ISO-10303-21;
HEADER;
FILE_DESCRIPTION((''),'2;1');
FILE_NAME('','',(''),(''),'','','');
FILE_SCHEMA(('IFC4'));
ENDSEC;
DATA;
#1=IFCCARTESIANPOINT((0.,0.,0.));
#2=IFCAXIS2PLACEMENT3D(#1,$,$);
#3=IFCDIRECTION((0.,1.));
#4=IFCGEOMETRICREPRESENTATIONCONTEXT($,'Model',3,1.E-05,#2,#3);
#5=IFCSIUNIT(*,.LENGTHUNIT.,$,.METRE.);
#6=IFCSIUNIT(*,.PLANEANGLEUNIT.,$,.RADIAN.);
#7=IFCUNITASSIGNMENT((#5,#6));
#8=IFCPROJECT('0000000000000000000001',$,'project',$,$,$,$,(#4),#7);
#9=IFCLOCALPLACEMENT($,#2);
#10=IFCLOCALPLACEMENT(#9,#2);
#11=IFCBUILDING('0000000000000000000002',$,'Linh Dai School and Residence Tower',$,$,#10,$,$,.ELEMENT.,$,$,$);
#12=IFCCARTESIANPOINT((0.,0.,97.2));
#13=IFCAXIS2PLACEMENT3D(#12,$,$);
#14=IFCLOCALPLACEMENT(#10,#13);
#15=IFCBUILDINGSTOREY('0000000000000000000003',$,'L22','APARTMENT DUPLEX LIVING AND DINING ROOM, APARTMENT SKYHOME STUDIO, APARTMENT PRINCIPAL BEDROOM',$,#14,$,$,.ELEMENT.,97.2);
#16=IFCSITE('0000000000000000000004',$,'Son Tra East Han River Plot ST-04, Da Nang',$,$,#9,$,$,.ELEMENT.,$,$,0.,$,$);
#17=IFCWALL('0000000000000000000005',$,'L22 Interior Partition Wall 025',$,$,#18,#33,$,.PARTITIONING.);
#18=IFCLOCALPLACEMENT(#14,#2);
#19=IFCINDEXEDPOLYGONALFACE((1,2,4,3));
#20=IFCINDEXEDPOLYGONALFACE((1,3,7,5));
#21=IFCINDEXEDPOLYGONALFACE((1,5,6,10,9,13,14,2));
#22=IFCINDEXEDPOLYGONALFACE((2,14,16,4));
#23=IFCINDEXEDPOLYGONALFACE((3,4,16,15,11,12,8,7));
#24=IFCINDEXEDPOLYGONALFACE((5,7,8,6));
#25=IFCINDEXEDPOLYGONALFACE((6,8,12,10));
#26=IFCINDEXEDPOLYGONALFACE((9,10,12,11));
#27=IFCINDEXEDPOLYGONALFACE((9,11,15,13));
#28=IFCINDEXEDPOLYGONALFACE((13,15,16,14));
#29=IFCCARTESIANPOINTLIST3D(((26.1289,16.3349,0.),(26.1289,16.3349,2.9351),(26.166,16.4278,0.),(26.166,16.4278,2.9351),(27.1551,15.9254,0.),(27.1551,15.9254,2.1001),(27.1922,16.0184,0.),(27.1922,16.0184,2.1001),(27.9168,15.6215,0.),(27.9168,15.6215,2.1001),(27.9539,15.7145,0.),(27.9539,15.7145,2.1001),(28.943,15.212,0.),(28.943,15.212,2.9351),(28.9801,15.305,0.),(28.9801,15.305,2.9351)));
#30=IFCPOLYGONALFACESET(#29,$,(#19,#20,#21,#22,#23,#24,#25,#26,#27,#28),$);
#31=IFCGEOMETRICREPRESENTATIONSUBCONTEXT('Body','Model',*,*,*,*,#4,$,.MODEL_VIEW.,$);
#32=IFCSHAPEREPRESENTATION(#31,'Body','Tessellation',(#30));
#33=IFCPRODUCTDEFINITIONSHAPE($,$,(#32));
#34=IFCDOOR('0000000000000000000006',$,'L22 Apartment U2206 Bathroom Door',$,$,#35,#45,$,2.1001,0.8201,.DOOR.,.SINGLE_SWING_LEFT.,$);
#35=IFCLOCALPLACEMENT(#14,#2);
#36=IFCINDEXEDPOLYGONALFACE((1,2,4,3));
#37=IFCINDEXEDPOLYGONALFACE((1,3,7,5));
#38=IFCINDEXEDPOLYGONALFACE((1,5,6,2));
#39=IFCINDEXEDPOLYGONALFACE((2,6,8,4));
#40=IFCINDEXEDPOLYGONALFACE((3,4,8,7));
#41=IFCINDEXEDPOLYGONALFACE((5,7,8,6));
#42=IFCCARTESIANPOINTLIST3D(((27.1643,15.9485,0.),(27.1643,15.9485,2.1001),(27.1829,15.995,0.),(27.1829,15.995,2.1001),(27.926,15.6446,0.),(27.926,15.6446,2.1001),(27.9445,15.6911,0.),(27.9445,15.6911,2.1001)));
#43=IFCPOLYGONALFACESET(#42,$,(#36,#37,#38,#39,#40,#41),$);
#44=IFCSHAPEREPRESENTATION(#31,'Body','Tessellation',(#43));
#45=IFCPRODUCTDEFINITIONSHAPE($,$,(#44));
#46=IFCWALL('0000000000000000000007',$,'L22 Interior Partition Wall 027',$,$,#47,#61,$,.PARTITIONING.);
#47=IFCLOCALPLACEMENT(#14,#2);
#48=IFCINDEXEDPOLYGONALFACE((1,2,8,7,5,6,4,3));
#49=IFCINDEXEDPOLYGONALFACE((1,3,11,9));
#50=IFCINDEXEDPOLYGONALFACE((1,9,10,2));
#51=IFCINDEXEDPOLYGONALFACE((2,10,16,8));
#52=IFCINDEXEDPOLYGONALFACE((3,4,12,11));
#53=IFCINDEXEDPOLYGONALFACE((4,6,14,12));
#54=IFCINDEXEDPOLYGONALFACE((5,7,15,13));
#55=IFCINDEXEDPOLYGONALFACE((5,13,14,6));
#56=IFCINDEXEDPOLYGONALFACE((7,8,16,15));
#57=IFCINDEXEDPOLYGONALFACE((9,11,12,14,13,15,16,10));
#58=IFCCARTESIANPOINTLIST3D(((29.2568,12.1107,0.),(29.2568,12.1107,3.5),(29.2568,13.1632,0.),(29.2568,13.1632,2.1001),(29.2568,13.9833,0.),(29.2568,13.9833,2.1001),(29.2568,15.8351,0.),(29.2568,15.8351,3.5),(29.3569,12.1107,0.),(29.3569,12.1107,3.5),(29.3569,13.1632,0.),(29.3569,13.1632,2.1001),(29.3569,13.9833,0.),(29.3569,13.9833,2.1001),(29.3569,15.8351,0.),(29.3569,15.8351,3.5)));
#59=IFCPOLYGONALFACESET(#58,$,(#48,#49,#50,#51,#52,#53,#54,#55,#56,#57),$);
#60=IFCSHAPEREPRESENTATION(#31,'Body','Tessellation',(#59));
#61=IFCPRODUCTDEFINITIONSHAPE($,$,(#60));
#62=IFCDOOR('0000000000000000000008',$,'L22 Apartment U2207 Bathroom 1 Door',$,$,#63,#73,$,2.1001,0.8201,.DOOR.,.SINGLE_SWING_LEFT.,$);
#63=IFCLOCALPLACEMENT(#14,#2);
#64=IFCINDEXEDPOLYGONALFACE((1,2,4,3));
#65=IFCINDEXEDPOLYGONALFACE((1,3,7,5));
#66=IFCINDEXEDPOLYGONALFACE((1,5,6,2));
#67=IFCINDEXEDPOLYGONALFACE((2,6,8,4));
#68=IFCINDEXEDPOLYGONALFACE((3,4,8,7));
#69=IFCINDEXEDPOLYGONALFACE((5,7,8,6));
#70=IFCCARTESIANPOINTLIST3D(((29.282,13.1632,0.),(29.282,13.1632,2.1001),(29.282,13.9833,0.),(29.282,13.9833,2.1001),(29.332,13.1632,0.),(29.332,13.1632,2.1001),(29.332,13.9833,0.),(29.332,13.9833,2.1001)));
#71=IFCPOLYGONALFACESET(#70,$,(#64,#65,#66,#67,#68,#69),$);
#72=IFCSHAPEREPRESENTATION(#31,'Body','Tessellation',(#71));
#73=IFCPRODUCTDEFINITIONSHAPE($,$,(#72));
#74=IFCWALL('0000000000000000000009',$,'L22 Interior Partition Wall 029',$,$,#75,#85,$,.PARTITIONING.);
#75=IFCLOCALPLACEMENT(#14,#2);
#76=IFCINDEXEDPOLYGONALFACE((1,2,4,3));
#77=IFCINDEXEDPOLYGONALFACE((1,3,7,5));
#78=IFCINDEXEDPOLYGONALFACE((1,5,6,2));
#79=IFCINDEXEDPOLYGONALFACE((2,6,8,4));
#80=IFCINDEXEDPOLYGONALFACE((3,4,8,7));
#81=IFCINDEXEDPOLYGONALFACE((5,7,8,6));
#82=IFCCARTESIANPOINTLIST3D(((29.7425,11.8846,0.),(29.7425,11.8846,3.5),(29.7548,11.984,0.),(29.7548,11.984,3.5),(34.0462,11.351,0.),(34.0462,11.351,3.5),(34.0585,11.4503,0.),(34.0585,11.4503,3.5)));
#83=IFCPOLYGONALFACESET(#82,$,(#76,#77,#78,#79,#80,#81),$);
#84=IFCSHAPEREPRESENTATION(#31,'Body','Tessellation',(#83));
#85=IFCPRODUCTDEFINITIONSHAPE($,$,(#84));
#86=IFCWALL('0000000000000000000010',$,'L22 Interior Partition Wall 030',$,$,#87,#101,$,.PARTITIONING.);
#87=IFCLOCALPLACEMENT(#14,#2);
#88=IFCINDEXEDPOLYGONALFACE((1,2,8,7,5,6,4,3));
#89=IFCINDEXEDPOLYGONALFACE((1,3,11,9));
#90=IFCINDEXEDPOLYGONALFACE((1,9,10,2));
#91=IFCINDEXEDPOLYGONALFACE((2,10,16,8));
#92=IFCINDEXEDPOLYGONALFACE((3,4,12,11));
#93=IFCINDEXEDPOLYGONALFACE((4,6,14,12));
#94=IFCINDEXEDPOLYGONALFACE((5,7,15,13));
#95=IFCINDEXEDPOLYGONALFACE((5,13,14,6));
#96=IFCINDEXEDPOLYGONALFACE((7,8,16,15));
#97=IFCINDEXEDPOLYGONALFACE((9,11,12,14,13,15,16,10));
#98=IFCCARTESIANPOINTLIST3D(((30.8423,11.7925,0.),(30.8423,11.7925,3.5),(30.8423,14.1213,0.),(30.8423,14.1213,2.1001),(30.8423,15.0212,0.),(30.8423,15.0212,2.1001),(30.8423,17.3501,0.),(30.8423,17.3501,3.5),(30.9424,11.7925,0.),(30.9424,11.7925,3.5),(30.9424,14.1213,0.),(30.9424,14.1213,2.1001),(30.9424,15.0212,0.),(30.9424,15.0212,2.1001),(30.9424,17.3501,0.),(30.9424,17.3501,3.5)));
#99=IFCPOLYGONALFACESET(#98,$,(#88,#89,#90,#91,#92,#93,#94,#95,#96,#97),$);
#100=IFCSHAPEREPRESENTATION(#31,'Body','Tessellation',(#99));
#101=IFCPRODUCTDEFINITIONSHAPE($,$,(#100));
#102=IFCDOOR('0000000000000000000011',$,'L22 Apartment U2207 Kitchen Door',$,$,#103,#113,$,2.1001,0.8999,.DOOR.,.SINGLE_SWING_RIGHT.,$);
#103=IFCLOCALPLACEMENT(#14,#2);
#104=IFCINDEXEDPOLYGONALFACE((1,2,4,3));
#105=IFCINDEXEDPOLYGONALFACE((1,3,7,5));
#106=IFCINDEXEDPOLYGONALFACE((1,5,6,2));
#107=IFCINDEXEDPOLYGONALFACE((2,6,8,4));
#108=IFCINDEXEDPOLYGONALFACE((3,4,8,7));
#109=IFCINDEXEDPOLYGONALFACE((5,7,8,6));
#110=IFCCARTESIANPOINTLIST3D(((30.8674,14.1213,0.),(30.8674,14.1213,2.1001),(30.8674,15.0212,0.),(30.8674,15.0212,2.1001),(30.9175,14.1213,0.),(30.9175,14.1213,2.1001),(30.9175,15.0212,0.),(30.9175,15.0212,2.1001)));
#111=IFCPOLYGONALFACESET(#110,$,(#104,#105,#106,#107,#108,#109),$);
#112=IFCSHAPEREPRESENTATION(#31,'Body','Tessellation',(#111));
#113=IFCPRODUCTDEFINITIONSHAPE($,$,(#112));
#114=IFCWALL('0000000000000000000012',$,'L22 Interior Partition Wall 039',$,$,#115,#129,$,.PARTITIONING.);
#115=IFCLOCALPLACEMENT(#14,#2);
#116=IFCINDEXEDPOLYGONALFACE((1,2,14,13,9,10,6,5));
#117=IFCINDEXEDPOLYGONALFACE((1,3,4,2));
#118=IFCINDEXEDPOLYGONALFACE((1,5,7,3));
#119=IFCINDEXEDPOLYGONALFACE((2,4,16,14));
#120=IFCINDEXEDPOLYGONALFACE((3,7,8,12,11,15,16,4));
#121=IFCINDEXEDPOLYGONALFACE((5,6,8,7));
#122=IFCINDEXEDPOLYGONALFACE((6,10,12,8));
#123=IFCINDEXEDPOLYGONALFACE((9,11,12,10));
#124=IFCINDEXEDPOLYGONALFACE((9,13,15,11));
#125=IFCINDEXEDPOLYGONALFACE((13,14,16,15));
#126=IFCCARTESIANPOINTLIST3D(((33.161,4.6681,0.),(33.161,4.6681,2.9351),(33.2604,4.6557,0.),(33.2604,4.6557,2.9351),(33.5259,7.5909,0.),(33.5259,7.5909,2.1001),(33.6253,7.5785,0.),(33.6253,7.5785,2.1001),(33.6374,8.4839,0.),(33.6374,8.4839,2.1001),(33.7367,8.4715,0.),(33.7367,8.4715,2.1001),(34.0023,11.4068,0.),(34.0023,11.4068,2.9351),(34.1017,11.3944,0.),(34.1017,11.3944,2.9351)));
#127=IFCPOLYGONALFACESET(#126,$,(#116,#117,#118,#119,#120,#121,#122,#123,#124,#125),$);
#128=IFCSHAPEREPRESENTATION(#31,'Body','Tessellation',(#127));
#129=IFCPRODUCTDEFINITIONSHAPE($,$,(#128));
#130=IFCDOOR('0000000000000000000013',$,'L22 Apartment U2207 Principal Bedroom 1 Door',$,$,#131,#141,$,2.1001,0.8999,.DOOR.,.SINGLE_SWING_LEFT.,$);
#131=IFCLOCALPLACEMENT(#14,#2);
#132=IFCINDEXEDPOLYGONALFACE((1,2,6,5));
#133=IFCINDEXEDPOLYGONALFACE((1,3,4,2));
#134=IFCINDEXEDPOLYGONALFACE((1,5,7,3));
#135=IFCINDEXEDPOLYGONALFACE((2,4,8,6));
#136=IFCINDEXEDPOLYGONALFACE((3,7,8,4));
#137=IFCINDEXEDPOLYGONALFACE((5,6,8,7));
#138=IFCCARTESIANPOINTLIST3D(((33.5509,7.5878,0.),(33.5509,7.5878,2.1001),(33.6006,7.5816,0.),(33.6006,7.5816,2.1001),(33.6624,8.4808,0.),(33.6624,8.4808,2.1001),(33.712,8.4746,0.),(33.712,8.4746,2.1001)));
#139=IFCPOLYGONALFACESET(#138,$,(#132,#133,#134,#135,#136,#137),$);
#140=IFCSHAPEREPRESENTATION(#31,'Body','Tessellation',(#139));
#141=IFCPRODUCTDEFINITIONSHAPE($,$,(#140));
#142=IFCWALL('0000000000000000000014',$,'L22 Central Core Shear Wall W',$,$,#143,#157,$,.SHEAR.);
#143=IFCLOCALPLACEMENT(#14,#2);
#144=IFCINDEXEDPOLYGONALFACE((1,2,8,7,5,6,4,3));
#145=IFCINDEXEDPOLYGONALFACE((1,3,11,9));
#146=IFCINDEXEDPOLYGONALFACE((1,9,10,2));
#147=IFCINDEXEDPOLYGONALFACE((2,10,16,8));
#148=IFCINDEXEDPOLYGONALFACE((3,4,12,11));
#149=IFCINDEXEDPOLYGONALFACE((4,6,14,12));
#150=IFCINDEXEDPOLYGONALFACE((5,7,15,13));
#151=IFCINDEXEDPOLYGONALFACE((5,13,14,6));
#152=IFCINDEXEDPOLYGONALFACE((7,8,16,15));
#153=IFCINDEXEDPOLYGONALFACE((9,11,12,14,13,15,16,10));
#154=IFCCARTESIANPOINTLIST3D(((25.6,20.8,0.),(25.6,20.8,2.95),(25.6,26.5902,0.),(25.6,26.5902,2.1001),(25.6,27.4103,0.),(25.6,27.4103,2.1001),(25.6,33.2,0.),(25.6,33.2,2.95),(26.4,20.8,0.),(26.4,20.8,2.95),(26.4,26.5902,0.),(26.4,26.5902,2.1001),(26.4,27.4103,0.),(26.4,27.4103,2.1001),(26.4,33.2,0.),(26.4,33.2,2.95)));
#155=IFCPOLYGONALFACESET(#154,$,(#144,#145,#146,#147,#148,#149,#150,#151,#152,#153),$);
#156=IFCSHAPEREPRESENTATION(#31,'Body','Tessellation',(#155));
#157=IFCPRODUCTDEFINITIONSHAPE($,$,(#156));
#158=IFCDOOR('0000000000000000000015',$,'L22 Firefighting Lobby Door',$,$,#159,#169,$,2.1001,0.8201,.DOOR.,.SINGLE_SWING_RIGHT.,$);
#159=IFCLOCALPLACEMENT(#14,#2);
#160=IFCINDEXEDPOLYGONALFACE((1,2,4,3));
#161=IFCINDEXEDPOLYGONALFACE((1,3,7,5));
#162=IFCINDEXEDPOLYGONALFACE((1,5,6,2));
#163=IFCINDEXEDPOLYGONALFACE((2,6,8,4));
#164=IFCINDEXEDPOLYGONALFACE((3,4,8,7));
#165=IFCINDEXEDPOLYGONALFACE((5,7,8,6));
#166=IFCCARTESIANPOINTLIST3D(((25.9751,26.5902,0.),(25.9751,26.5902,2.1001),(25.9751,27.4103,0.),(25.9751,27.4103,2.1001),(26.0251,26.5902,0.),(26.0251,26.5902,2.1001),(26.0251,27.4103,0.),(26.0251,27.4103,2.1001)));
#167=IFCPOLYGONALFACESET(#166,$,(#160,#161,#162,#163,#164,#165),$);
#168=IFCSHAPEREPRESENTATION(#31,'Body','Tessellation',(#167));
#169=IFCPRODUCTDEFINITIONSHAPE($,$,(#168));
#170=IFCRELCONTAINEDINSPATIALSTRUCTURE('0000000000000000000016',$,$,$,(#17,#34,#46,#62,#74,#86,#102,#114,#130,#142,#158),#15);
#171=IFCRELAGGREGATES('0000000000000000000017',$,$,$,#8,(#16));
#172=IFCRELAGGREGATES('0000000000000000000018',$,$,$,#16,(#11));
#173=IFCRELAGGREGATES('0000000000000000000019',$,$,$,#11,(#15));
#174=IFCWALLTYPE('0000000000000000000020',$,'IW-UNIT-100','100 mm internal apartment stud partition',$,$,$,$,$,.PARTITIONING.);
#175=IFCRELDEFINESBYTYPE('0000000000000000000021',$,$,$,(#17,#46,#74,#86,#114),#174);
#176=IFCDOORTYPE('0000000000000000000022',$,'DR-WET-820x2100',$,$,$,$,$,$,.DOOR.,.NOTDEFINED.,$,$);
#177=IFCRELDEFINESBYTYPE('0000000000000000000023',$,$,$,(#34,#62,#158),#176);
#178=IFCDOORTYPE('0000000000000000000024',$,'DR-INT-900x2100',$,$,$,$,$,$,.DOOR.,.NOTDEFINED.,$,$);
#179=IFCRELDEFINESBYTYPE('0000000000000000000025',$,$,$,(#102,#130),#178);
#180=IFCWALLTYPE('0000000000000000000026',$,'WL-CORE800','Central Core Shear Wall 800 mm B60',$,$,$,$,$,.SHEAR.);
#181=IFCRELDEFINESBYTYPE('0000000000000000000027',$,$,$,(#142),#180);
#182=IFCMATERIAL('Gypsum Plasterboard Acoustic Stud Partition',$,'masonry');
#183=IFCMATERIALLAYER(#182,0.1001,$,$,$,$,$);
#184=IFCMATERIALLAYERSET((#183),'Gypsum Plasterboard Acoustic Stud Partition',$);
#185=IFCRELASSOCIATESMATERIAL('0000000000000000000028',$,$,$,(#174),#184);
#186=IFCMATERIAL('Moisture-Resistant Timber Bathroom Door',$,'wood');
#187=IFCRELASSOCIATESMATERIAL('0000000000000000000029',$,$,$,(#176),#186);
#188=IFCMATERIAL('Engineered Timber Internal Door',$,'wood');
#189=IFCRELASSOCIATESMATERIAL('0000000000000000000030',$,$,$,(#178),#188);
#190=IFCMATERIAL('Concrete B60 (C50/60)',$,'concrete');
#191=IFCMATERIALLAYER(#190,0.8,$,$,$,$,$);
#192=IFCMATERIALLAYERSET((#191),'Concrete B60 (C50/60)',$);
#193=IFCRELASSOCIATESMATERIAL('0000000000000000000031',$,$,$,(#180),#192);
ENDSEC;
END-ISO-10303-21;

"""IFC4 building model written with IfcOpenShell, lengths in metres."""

from ifc_helpers import new_model, si_unit, direction, frame, frame_2d, origin, origin_2d, place, context, subcontext, project, spatial, rectangle, extrude, source, transform, mapped, material, layer, layer_set, type_object, element, fill, save


model = new_model("IFC4")

# Units and contexts
model_context = context("Model", 3, precision=1e-05, world=origin(), true_north=direction((0.0, 1.0)))
body_context = subcontext(model_context, "Body", "Model", "MODEL_VIEW")
ifc_project = project(units=[si_unit("LENGTHUNIT", "METRE"), si_unit("PLANEANGLEUNIT", "RADIAN")], contexts=[model_context])

# Site, building, storey
site_placement = place(None, origin())
site = spatial("IfcSite", under=ifc_project, at=site_placement, Name="Son Tra East Han River Plot ST-04, Da Nang", CompositionType="ELEMENT", RefElevation=0.0)
building_placement = place(site_placement, origin())
building = spatial("IfcBuilding", under=site, at=building_placement, Name="Linh Dai School and Residence Tower", CompositionType="ELEMENT")
storey_placement = place(building_placement, frame((0.0, 0.0, 97.2)))
storey = spatial("IfcBuildingStorey", under=building, at=storey_placement, Name="L22", Description="APARTMENT DUPLEX LIVING AND DINING ROOM, APARTMENT SKYHOME STUDIO, APARTMENT PRINCIPAL BEDROOM", CompositionType="ELEMENT", Elevation=97.2)

# Walls, openings, doors
ifc_material_1 = material(Name="Gypsum Plasterboard Acoustic Stud Partition", Category="masonry")
ifc_layer_1 = layer(ifc_material_1, 0.1001)
ifc_layer_set_1 = layer_set([ifc_layer_1], Name="Gypsum Plasterboard Acoustic Stud Partition")
wall_type_1 = type_object("IfcWallType", Name="IW-UNIT-100", Description="100 mm internal apartment stud partition", PredefinedType="PARTITIONING", material=ifc_layer_set_1)
wall_1_placement = place(storey_placement, frame((26.1475, 16.3813, 0.0), z_axis=(0.0, 0.0, 1.0), x_axis=(0.928793, -0.370599, 0.0)))
wall_1 = element("IfcWall", 1, at=wall_1_placement, inside=storey, type_object=wall_type_1, Name="L22 Interior Partition Wall 025", PredefinedType="PARTITIONING", context=body_context, shape_type="SweptSolid", body=[
    extrude(rectangle(XDim=3.0298, YDim=0.1001, at=frame_2d((1.5149, 0.0))), origin(), (0.0, 0.0, 1.0), 2.9351),
])
opening_1_placement = place(wall_1_placement, frame((1.1047, 0.0, 0.0)))
opening_1 = element("IfcOpeningElement", 2, at=opening_1_placement, cuts=wall_1, PredefinedType="OPENING", context=body_context, shape_type="SweptSolid", body=[
    extrude(rectangle(XDim=0.8201, YDim=2.1001, at=origin_2d()), frame((0.4102, 0.0601, 1.05), z_axis=(0.0, -1.0, 0.0), x_axis=(1.0, 0.0, 0.0)), (0.0, 0.0, 1.0), 0.1201),
])
ifc_material_2 = material(Name="Moisture-Resistant Timber Bathroom Door", Category="wood")
door_type_1 = type_object("IfcDoorType", Name="DR-WET-820x2100", OperationType="NOTDEFINED", PredefinedType="DOOR", material=ifc_material_2)
shared_shape_1 = source(origin(), body_context, "Body", "SweptSolid", [
    extrude(rectangle(XDim=0.8201, YDim=2.1001, at=origin_2d()), frame((0.4102, 0.0249, 1.05), z_axis=(0.0, -1.0, 0.0), x_axis=(1.0, 0.0, 0.0)), (0.0, 0.0, 1.0), 0.05),
])
door_1_placement = place(opening_1_placement, origin())
door_1 = element("IfcDoor", 3, at=door_1_placement, inside=storey, type_object=door_type_1, Name="L22 Apartment U2206 Bathroom Door", OperationType="SINGLE_SWING_LEFT", OverallHeight=2.1001, OverallWidth=0.8201, PredefinedType="DOOR", context=body_context, shape_type="MappedRepresentation", body=[
    mapped(shared_shape_1, transform((0.0, 0.0, 0.0), x_axis=(1.0, 0.0, 0.0), y_axis=(0.0, 1.0, 0.0), z_axis=(0.0, 0.0, 1.0), scale=1.0)),
])
fill(opening_1, door_1)
wall_2_placement = place(storey_placement, frame((29.3069, 12.1106, 0.0), z_axis=(0.0, 0.0, 1.0), x_axis=(0.0, 1.0, 0.0)))
wall_2 = element("IfcWall", 4, at=wall_2_placement, inside=storey, type_object=wall_type_1, Name="L22 Interior Partition Wall 027", PredefinedType="PARTITIONING", context=body_context, shape_type="SweptSolid", body=[
    extrude(rectangle(XDim=3.7244, YDim=0.1001, at=frame_2d((1.8623, 0.0))), origin(), (0.0, 0.0, 1.0), 3.5),
])
opening_2_placement = place(wall_2_placement, frame((1.0525, 0.0, 0.0)))
opening_2 = element("IfcOpeningElement", 5, at=opening_2_placement, cuts=wall_2, PredefinedType="OPENING", context=body_context, shape_type="SweptSolid", body=[
    extrude(rectangle(XDim=0.8201, YDim=2.1001, at=origin_2d()), frame((0.4102, 0.0601, 1.05), z_axis=(0.0, -1.0, 0.0), x_axis=(1.0, 0.0, 0.0)), (0.0, 0.0, 1.0), 0.1201),
])
door_2_placement = place(opening_2_placement, origin())
door_2 = element("IfcDoor", 6, at=door_2_placement, inside=storey, type_object=door_type_1, Name="L22 Apartment U2207 Bathroom 1 Door", OperationType="SINGLE_SWING_LEFT", OverallHeight=2.1001, OverallWidth=0.8201, PredefinedType="DOOR", context=body_context, shape_type="MappedRepresentation", body=[
    mapped(shared_shape_1, transform((0.0, 0.0, 0.0), x_axis=(1.0, 0.0, 0.0), y_axis=(0.0, 1.0, 0.0), z_axis=(0.0, 0.0, 1.0), scale=1.0)),
])
fill(opening_2, door_2)

# Wall
wall_3_placement = place(storey_placement, frame((29.7485, 11.9343, 0.0), z_axis=(0.0, 0.0, 1.0), x_axis=(0.992399, -0.123065, 0.0)))
element("IfcWall", 7, at=wall_3_placement, inside=storey, type_object=wall_type_1, Name="L22 Interior Partition Wall 029", PredefinedType="PARTITIONING", context=body_context, shape_type="SweptSolid", body=[
    extrude(rectangle(XDim=4.3367, YDim=0.1001, at=frame_2d((2.1685, 0.0))), origin(), (0.0, 0.0, 1.0), 3.5),
])

# Walls, openings, doors
wall_4_placement = place(storey_placement, frame((30.8923, 11.7925, 0.0), z_axis=(0.0, 0.0, 1.0), x_axis=(0.0, 1.0, 0.0)))
wall_4 = element("IfcWall", 8, at=wall_4_placement, inside=storey, type_object=wall_type_1, Name="L22 Interior Partition Wall 030", PredefinedType="PARTITIONING", context=body_context, shape_type="SweptSolid", body=[
    extrude(rectangle(XDim=5.5576, YDim=0.1001, at=frame_2d((2.7788, 0.0))), origin(), (0.0, 0.0, 1.0), 3.5),
])
opening_3_placement = place(wall_4_placement, frame((2.3289, 0.0, 0.0)))
opening_3 = element("IfcOpeningElement", 9, at=opening_3_placement, cuts=wall_4, PredefinedType="OPENING", context=body_context, shape_type="SweptSolid", body=[
    extrude(rectangle(XDim=0.8999, YDim=2.1001, at=origin_2d()), frame((0.45, 0.0601, 1.05), z_axis=(0.0, -1.0, 0.0), x_axis=(1.0, 0.0, 0.0)), (0.0, 0.0, 1.0), 0.1201),
])
ifc_material_3 = material(Name="Engineered Timber Internal Door", Category="wood")
door_type_2 = type_object("IfcDoorType", Name="DR-INT-900x2100", OperationType="NOTDEFINED", PredefinedType="DOOR", material=ifc_material_3)
shared_shape_2 = source(origin(), body_context, "Body", "SweptSolid", [
    extrude(rectangle(XDim=0.8999, YDim=2.1001, at=origin_2d()), frame((0.45, 0.0249, 1.05), z_axis=(0.0, -1.0, 0.0), x_axis=(1.0, 0.0, 0.0)), (0.0, 0.0, 1.0), 0.05),
])
door_3_placement = place(opening_3_placement, origin())
door_3 = element("IfcDoor", 10, at=door_3_placement, inside=storey, type_object=door_type_2, Name="L22 Apartment U2207 Kitchen Door", OperationType="SINGLE_SWING_RIGHT", OverallHeight=2.1001, OverallWidth=0.8999, PredefinedType="DOOR", context=body_context, shape_type="MappedRepresentation", body=[
    mapped(shared_shape_2, transform((0.0, 0.0, 0.0), x_axis=(1.0, 0.0, 0.0), y_axis=(0.0, 1.0, 0.0), z_axis=(0.0, 0.0, 1.0), scale=1.0)),
])
fill(opening_3, door_3)
wall_5_placement = place(storey_placement, frame((33.2107, 4.6619, 0.0), z_axis=(0.0, 0.0, 1.0), x_axis=(0.123884, 0.992297, 0.0)))
wall_5 = element("IfcWall", 11, at=wall_5_placement, inside=storey, type_object=wall_type_1, Name="L22 Interior Partition Wall 039", PredefinedType="PARTITIONING", context=body_context, shape_type="SweptSolid", body=[
    extrude(rectangle(XDim=6.791, YDim=0.1001, at=frame_2d((3.3955, 0.0))), origin(), (0.0, 0.0, 1.0), 2.9351),
])
opening_4_placement = place(wall_5_placement, frame((2.9456, 0.0, 0.0)))
opening_4 = element("IfcOpeningElement", 12, at=opening_4_placement, cuts=wall_5, PredefinedType="OPENING", context=body_context, shape_type="SweptSolid", body=[
    extrude(rectangle(XDim=0.8999, YDim=2.1001, at=origin_2d()), frame((0.45, 0.0601, 1.05), z_axis=(0.0, -1.0, 0.0), x_axis=(1.0, 0.0, 0.0)), (0.0, 0.0, 1.0), 0.1201),
])
door_4_placement = place(opening_4_placement, origin())
door_4 = element("IfcDoor", 13, at=door_4_placement, inside=storey, type_object=door_type_2, Name="L22 Apartment U2207 Principal Bedroom 1 Door", OperationType="SINGLE_SWING_LEFT", OverallHeight=2.1001, OverallWidth=0.8999, PredefinedType="DOOR", context=body_context, shape_type="MappedRepresentation", body=[
    mapped(shared_shape_2, transform((0.0, 0.0, 0.0), x_axis=(1.0, 0.0, 0.0), y_axis=(0.0, 1.0, 0.0), z_axis=(0.0, 0.0, 1.0), scale=1.0)),
])
fill(opening_4, door_4)
ifc_material_4 = material(Name="Concrete B60 (C50/60)", Category="concrete")
ifc_layer_2 = layer(ifc_material_4, 0.8)
ifc_layer_set_2 = layer_set([ifc_layer_2], Name="Concrete B60 (C50/60)")
wall_type_2 = type_object("IfcWallType", Name="WL-CORE800", Description="Central Core Shear Wall 800 mm B60", PredefinedType="SHEAR", material=ifc_layer_set_2)
wall_6_placement = place(storey_placement, frame((26.0, 20.8, 0.0), z_axis=(0.0, 0.0, 1.0), x_axis=(0.0, 1.0, 0.0)))
wall_6 = element("IfcWall", 14, at=wall_6_placement, inside=storey, type_object=wall_type_2, Name="L22 Central Core Shear Wall W", PredefinedType="SHEAR", context=body_context, shape_type="SweptSolid", body=[
    extrude(rectangle(XDim=12.3999, YDim=0.8, at=frame_2d((6.2, 0.0))), origin(), (0.0, 0.0, 1.0), 2.95),
])
opening_5_placement = place(wall_6_placement, frame((5.79, 0.0, 0.0)))
opening_5 = element("IfcOpeningElement", 15, at=opening_5_placement, cuts=wall_6, PredefinedType="OPENING", context=body_context, shape_type="SweptSolid", body=[
    extrude(rectangle(XDim=0.8201, YDim=2.1001, at=origin_2d()), frame((0.4102, 0.4102, 1.05), z_axis=(0.0, -1.0, 0.0), x_axis=(1.0, 0.0, 0.0)), (0.0, 0.0, 1.0), 0.8201),
])
door_5_placement = place(opening_5_placement, origin())
door_5 = element("IfcDoor", 16, at=door_5_placement, inside=storey, type_object=door_type_1, Name="L22 Firefighting Lobby Door", OperationType="SINGLE_SWING_RIGHT", OverallHeight=2.1001, OverallWidth=0.8201, PredefinedType="DOOR", context=body_context, shape_type="MappedRepresentation", body=[
    mapped(shared_shape_1, transform((0.0, 0.0, 0.0), x_axis=(1.0, 0.0, 0.0), y_axis=(0.0, 1.0, 0.0), z_axis=(0.0, 0.0, 1.0), scale=1.0)),
])
fill(opening_5, door_5)

save(model, "model.ifc")
